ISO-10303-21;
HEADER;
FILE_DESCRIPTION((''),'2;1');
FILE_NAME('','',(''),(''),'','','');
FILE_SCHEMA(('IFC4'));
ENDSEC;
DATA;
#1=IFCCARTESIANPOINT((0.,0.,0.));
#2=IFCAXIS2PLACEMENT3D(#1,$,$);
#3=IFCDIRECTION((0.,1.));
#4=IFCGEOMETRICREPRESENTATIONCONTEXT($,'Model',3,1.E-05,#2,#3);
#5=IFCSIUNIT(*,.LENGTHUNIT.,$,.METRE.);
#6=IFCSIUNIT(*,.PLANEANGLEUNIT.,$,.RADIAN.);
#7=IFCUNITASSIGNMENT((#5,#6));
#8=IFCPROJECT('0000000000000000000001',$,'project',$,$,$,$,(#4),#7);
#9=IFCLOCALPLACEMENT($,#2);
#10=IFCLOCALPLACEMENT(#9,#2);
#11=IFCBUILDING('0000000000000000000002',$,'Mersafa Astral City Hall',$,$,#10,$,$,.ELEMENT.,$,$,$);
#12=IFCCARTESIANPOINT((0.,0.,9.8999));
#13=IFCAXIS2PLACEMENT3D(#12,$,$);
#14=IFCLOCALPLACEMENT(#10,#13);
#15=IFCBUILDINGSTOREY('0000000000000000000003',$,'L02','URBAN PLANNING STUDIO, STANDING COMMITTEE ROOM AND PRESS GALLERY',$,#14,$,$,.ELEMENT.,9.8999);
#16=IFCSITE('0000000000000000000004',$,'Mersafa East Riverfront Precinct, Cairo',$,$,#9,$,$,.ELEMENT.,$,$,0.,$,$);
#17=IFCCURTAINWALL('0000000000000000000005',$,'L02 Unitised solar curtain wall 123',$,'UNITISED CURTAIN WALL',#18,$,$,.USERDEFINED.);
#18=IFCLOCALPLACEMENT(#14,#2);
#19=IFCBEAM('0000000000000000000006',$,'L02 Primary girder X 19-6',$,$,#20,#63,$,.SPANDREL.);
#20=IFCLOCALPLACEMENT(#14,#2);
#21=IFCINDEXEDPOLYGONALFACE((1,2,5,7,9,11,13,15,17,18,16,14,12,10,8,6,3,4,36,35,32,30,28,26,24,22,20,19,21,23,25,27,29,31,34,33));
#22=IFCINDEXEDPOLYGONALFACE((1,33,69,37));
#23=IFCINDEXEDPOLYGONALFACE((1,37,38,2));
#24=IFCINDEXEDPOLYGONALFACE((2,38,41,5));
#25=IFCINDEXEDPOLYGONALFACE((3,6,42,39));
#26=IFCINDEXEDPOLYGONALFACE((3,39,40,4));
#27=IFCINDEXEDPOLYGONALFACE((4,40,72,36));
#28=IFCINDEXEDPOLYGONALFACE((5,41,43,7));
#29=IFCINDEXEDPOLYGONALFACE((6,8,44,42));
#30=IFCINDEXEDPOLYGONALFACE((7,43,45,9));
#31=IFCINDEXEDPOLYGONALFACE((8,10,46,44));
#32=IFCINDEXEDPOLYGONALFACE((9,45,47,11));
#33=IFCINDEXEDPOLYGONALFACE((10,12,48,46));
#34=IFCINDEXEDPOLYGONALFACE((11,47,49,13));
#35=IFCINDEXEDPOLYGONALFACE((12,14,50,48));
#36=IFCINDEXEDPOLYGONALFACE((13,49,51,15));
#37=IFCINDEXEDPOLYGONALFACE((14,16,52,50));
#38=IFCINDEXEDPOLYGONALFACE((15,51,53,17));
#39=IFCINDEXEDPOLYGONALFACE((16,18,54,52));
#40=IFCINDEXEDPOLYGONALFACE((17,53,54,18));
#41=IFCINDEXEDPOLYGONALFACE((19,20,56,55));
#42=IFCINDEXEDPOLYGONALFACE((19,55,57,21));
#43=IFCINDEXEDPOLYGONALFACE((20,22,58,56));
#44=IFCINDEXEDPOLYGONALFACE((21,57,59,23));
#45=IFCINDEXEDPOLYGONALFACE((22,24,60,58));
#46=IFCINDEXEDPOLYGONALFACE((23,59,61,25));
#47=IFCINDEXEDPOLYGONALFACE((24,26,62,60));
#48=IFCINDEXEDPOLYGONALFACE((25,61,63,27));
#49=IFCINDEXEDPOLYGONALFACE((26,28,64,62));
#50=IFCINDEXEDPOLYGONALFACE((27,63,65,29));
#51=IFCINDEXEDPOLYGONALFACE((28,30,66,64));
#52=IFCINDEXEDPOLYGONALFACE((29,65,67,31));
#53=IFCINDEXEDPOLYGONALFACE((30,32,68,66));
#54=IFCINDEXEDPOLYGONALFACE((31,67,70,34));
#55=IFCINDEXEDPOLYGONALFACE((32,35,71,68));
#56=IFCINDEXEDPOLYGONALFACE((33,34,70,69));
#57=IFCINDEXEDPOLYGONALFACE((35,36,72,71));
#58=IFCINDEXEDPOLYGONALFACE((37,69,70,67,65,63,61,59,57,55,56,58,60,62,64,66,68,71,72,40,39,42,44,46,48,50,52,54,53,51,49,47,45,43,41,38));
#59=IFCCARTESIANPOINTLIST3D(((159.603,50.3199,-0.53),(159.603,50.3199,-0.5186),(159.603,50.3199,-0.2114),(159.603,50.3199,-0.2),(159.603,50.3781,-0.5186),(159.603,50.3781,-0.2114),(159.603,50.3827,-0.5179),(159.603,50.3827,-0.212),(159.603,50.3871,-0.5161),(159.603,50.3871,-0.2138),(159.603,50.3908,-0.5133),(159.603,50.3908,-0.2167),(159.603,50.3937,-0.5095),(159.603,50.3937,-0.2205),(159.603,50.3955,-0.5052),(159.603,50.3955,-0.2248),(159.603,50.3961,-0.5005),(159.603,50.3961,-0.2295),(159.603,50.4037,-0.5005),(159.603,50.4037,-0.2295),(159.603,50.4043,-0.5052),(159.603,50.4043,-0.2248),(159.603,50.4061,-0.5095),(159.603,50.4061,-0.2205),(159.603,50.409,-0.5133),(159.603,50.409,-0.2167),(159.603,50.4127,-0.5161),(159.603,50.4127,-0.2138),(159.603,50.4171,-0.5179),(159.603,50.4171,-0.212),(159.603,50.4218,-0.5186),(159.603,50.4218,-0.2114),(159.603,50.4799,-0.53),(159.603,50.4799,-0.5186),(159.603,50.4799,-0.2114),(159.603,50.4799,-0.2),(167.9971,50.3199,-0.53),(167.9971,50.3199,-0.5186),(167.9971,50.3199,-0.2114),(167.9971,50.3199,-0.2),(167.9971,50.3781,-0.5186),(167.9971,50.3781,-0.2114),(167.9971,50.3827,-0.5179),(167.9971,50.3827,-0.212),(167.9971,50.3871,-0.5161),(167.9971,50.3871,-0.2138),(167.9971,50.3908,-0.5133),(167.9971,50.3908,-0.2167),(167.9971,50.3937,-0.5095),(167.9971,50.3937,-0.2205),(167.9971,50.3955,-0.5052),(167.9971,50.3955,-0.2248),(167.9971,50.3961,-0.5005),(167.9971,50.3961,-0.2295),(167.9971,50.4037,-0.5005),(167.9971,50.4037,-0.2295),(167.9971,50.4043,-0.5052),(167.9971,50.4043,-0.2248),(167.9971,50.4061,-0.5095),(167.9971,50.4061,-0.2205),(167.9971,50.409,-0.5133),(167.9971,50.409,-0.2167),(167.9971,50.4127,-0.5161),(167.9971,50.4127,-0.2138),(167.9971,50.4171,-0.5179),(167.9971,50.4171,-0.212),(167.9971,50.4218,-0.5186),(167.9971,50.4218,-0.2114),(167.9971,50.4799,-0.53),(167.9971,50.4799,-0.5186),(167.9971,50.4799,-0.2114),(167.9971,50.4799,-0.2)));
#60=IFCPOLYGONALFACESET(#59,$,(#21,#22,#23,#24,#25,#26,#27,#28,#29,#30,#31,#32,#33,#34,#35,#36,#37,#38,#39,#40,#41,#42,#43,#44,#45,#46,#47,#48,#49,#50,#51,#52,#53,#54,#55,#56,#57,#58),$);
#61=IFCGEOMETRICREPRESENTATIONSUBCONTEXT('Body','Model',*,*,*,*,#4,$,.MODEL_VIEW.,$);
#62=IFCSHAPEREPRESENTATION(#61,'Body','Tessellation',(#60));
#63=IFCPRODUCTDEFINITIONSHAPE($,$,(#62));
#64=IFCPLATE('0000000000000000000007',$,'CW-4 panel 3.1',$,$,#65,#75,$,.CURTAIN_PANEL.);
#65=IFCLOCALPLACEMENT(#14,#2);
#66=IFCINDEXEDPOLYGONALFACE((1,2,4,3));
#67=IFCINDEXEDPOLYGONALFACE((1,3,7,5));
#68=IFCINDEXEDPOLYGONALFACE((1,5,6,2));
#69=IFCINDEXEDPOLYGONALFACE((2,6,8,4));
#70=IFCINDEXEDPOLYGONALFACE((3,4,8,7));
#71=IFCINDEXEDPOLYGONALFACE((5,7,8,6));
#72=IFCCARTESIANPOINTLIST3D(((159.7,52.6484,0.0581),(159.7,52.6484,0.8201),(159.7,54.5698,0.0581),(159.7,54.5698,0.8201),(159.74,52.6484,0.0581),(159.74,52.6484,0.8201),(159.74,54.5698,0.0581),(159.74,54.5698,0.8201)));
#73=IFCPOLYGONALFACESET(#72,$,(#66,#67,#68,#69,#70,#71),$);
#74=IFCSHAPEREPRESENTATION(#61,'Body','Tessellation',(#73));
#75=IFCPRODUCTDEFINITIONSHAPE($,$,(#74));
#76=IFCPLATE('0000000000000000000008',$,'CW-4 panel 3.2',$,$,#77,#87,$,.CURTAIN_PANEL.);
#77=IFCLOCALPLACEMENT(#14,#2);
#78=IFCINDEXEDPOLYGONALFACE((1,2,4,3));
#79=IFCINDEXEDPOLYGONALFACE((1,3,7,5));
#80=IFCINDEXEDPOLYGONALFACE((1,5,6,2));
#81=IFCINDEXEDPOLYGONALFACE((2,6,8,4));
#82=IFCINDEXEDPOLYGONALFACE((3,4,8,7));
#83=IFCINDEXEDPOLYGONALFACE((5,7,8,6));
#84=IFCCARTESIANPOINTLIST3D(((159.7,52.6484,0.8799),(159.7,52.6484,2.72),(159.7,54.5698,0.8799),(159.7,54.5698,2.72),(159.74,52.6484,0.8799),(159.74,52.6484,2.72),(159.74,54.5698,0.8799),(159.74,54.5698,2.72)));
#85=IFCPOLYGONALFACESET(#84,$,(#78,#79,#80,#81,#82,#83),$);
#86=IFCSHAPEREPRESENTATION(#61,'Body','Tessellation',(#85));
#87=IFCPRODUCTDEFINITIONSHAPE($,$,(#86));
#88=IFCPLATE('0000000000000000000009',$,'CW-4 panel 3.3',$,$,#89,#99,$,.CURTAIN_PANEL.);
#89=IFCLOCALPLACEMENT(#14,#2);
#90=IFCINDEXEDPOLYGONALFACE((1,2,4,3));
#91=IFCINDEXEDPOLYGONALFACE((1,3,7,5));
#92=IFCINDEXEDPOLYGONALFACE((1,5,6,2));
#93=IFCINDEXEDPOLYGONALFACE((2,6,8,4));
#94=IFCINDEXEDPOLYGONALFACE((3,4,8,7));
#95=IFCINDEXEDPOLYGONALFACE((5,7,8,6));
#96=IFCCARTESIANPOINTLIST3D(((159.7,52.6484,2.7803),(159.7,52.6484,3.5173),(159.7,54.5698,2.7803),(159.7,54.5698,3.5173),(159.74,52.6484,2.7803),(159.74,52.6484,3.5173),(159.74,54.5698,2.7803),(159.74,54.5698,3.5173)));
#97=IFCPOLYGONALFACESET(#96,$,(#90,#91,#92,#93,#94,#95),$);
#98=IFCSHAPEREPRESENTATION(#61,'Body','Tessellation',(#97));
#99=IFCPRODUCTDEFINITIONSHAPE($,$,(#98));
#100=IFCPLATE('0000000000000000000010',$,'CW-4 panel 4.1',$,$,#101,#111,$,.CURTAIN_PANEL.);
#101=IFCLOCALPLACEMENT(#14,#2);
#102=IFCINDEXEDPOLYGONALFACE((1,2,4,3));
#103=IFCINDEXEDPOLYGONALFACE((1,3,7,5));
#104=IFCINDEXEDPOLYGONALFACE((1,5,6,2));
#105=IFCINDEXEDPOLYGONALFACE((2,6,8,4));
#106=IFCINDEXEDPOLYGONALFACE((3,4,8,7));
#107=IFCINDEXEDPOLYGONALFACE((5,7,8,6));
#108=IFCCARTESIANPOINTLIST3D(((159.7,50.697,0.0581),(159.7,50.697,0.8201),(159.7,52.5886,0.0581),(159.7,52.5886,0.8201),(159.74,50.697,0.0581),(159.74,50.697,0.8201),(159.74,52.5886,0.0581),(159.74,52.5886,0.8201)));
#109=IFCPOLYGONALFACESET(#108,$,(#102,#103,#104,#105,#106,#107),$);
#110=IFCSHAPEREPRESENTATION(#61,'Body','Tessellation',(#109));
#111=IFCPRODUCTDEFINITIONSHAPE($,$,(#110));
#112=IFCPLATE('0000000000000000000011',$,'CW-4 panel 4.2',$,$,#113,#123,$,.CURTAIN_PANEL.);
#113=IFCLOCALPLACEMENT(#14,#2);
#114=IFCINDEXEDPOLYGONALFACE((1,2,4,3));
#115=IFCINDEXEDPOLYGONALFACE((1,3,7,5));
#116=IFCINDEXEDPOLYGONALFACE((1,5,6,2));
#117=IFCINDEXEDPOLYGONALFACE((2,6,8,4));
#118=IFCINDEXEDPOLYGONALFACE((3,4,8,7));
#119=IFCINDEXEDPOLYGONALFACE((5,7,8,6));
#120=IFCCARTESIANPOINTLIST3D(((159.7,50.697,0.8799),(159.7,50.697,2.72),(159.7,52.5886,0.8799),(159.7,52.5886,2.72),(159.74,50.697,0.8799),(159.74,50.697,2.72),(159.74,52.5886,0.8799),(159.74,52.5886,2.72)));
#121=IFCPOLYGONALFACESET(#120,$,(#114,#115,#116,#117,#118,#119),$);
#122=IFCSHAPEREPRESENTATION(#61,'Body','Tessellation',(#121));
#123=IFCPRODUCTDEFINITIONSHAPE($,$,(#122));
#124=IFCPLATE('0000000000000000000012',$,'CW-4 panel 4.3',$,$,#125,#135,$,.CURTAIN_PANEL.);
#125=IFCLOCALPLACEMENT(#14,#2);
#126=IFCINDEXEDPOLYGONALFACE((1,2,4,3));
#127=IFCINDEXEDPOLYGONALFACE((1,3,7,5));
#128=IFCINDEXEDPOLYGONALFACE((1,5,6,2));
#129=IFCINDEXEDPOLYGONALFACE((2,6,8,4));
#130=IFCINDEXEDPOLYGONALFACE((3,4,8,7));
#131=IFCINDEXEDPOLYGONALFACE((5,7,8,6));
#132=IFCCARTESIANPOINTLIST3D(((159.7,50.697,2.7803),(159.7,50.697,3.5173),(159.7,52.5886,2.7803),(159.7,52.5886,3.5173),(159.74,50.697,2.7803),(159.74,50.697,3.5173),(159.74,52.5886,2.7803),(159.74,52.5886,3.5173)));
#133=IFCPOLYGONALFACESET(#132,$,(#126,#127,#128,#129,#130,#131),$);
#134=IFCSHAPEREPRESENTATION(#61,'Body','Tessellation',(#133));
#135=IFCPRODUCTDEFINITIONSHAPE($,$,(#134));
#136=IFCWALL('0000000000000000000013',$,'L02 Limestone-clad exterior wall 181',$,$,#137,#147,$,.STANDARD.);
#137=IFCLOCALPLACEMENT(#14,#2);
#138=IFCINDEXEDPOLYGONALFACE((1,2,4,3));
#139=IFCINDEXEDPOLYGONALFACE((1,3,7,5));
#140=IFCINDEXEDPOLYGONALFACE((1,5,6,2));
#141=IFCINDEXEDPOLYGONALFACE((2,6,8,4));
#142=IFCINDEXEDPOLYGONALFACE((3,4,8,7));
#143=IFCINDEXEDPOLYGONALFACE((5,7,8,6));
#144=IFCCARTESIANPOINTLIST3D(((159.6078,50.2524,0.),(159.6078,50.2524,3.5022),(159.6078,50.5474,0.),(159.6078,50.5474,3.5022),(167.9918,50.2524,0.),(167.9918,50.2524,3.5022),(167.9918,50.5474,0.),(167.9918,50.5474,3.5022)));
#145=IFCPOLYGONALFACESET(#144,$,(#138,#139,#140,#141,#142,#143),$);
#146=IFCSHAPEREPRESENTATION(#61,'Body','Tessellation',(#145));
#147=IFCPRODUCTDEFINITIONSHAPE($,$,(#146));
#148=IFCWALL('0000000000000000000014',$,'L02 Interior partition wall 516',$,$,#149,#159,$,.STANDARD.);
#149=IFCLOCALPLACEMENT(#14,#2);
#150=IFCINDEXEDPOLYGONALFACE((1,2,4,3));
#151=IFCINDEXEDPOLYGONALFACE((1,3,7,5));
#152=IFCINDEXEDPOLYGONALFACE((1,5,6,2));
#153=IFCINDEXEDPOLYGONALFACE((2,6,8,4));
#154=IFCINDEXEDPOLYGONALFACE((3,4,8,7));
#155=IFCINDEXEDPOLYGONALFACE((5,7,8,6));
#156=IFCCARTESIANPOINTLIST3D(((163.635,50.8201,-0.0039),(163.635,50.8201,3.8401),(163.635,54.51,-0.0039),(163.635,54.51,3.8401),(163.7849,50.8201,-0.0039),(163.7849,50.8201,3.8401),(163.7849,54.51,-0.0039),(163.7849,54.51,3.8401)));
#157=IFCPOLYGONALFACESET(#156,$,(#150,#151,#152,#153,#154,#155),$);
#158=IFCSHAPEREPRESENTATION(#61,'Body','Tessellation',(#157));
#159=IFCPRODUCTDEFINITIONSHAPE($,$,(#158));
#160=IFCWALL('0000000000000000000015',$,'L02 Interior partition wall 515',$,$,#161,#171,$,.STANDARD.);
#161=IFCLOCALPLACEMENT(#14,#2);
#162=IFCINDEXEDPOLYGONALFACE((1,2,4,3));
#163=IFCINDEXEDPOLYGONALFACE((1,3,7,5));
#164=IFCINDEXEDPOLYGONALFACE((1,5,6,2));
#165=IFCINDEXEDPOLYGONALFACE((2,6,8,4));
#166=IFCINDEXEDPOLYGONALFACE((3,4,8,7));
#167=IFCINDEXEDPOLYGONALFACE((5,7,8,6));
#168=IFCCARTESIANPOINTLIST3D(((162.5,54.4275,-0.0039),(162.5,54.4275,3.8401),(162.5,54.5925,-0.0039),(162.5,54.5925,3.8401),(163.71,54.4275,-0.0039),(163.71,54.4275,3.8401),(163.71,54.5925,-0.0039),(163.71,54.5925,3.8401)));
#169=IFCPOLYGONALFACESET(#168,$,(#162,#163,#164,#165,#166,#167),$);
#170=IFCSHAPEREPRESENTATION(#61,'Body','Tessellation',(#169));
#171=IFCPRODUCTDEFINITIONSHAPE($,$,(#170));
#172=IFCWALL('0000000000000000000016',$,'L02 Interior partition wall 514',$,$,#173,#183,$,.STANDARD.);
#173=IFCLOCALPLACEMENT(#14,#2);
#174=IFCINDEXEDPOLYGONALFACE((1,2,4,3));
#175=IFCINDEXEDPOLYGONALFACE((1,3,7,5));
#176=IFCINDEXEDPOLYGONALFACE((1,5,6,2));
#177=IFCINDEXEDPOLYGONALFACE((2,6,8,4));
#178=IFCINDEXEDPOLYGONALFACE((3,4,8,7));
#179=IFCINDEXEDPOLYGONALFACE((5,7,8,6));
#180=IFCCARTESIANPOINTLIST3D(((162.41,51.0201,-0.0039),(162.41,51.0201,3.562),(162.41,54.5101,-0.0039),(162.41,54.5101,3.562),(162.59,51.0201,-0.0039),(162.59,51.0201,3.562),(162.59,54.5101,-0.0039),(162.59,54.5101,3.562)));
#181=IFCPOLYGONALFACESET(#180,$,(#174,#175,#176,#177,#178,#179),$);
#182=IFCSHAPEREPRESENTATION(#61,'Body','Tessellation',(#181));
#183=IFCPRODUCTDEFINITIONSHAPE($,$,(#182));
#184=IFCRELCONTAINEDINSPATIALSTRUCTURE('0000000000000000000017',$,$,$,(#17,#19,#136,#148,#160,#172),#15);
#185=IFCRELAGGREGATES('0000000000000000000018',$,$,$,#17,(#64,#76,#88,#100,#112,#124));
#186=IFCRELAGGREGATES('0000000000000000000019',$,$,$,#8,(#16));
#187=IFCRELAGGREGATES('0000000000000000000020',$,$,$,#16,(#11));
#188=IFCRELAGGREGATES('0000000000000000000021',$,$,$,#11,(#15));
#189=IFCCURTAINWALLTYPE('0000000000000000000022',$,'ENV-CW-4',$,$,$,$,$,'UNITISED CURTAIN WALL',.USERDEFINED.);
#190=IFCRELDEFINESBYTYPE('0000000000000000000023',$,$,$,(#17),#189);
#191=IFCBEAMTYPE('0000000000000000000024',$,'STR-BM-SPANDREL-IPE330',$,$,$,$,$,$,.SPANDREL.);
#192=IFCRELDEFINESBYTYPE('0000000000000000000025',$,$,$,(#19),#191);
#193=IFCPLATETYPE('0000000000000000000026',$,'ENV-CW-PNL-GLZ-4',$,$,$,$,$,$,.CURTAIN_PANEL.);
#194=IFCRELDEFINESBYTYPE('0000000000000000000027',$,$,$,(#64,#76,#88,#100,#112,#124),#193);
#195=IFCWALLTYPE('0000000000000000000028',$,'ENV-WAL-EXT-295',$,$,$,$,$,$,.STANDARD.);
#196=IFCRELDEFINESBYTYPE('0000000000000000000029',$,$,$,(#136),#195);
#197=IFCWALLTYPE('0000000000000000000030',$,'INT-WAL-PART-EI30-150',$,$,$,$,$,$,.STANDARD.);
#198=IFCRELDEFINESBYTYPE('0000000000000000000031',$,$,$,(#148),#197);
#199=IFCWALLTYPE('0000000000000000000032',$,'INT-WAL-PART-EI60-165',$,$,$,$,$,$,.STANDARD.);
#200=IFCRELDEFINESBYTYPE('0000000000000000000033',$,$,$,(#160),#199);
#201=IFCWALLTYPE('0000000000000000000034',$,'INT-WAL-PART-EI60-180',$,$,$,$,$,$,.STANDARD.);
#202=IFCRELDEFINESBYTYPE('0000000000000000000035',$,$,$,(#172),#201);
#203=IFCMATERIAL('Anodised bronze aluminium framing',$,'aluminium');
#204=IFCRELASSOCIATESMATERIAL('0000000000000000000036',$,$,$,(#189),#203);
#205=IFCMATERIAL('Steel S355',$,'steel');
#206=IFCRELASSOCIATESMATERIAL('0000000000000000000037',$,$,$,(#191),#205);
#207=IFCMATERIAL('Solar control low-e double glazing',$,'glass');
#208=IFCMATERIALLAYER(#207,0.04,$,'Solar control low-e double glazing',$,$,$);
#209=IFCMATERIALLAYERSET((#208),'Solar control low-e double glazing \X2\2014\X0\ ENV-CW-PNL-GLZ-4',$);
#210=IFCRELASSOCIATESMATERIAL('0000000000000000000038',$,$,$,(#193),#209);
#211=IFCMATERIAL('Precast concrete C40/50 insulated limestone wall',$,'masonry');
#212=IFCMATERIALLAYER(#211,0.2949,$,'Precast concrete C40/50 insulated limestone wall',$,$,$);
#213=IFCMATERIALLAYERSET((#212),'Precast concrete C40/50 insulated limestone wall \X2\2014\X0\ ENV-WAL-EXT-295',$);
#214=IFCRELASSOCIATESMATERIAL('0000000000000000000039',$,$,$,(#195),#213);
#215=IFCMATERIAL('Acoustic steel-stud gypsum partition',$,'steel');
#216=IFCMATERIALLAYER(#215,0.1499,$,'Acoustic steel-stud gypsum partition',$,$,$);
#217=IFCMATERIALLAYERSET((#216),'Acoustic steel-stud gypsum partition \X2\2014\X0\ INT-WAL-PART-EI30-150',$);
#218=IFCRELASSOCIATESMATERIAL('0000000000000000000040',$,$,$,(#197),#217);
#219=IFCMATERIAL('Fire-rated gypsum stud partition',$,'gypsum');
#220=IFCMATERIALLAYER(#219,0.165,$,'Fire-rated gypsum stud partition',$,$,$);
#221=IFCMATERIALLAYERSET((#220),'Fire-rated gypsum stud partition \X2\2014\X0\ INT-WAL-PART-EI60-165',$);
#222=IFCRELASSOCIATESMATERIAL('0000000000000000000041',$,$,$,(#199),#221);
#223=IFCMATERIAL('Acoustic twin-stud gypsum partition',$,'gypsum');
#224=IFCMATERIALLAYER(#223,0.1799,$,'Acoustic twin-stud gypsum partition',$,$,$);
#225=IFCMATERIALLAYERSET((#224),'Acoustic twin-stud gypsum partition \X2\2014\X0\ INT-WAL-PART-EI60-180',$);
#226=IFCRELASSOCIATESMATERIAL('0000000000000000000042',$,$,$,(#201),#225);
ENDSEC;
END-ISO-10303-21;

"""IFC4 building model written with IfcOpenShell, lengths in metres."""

from ifc_helpers import new_model, si_unit, direction, frame, frame_2d, origin, origin_2d, place, context, subcontext, project, spatial, rectangle, i_section, extrude, material, layer, layer_set, material_profile, profile_set, type_object, element, aggregate, save


model = new_model("IFC4")

# Units and contexts
model_context = context("Model", 3, precision=1e-05, world=origin(), true_north=direction((0.0, 1.0)))
body_context = subcontext(model_context, "Body", "Model", "MODEL_VIEW")
ifc_project = project(units=[si_unit("LENGTHUNIT", "METRE"), si_unit("PLANEANGLEUNIT", "RADIAN")], contexts=[model_context])

# Site, building, storey
site_placement = place(None, origin())
site = spatial("IfcSite", under=ifc_project, at=site_placement, Name="Mersafa East Riverfront Precinct, Cairo", CompositionType="ELEMENT", RefElevation=0.0)
building_placement = place(site_placement, origin())
building = spatial("IfcBuilding", under=site, at=building_placement, Name="Mersafa Astral City Hall", CompositionType="ELEMENT")
storey_placement = place(building_placement, frame((0.0, 0.0, 9.8999)))
storey = spatial("IfcBuildingStorey", under=building, at=storey_placement, Name="L02", Description="URBAN PLANNING STUDIO, STANDING COMMITTEE ROOM AND PRESS GALLERY", CompositionType="ELEMENT", Elevation=9.8999)

# Curtain wall
ifc_material_1 = material(Name="Anodised bronze aluminium framing", Category="aluminium")
curtain_wall_type = type_object("IfcCurtainWallType", Name="ENV-CW-4", ElementType="UNITISED CURTAIN WALL", PredefinedType="USERDEFINED", material=ifc_material_1)
curtain_wall_placement = place(storey_placement, origin())
curtain_wall = element("IfcCurtainWall", 1, at=curtain_wall_placement, inside=storey, type_object=curtain_wall_type, Name="L02 Unitised solar curtain wall 123", ObjectType="UNITISED CURTAIN WALL", PredefinedType="USERDEFINED")

# Beam
ifc_material_2 = material(Name="Steel S355", Category="steel")
ifc_material_profile_1 = material_profile(ifc_material_2, i_section(OverallWidth=0.1599, OverallDepth=0.3301, WebThickness=0.0076, FlangeThickness=0.0115, FilletRadius=0.0181, at=origin_2d()), Name="IPE 330")
ifc_profile_set_1 = profile_set([ifc_material_profile_1], Name="Steel S355")
beam_type_1 = type_object("IfcBeamType", Name="STR-BM-SPANDREL-IPE330", PredefinedType="SPANDREL", material=ifc_profile_set_1)
beam_1_placement = place(storey_placement, frame((159.603, 50.3999, -0.365), z_axis=(1.0, 0.0, 0.0), x_axis=(0.0, 1.0, 0.0)))
element("IfcBeam", 2, at=beam_1_placement, inside=storey, type_object=beam_type_1, Name="L02 Primary girder X 19-6", PredefinedType="SPANDREL", context=body_context, shape_type="SweptSolid", body=[
    extrude(i_section(OverallWidth=0.1599, OverallDepth=0.3301, WebThickness=0.0076, FlangeThickness=0.0115, FilletRadius=0.0181, at=origin_2d()), origin(), (0.0, 0.0, 1.0), 8.394),
])

# Plates
ifc_material_3 = material(Name="Solar control low-e double glazing", Category="glass")
ifc_layer_1 = layer(ifc_material_3, 0.04, Name="Solar control low-e double glazing")
ifc_layer_set_1 = layer_set([ifc_layer_1], Name="Solar control low-e double glazing — ENV-CW-PNL-GLZ-4")
plate_type = type_object("IfcPlateType", Name="ENV-CW-PNL-GLZ-4", PredefinedType="CURTAIN_PANEL", material=ifc_layer_set_1)
plate_1_placement = place(storey_placement, frame((159.72, 53.6091, 0.0581), z_axis=(0.0, 0.0, 1.0), x_axis=(0.0, -1.0, 0.0)))
plate_1 = element("IfcPlate", 3, at=plate_1_placement, type_object=plate_type, Name="CW-4 panel 3.1", PredefinedType="CURTAIN_PANEL", context=body_context, shape_type="SweptSolid", body=[
    extrude(rectangle(XDim=1.9214, YDim=0.04, at=origin_2d()), origin(), (0.0, 0.0, 1.0), 0.762),
])
plate_2_placement = place(storey_placement, frame((159.72, 53.6091, 0.8799), z_axis=(0.0, 0.0, 1.0), x_axis=(0.0, -1.0, 0.0)))
plate_2 = element("IfcPlate", 4, at=plate_2_placement, type_object=plate_type, Name="CW-4 panel 3.2", PredefinedType="CURTAIN_PANEL", context=body_context, shape_type="SweptSolid", body=[
    extrude(rectangle(XDim=1.9214, YDim=0.04, at=origin_2d()), origin(), (0.0, 0.0, 1.0), 1.8401),
])
plate_3_placement = place(storey_placement, frame((159.72, 53.6091, 2.7803), z_axis=(0.0, 0.0, 1.0), x_axis=(0.0, -1.0, 0.0)))
plate_3 = element("IfcPlate", 5, at=plate_3_placement, type_object=plate_type, Name="CW-4 panel 3.3", PredefinedType="CURTAIN_PANEL", context=body_context, shape_type="SweptSolid", body=[
    extrude(rectangle(XDim=1.9214, YDim=0.04, at=origin_2d()), origin(), (0.0, 0.0, 1.0), 0.7371),
])
plate_4_placement = place(storey_placement, frame((159.72, 51.6428, 0.0581), z_axis=(0.0, 0.0, 1.0), x_axis=(0.0, -1.0, 0.0)))
plate_4 = element("IfcPlate", 6, at=plate_4_placement, type_object=plate_type, Name="CW-4 panel 4.1", PredefinedType="CURTAIN_PANEL", context=body_context, shape_type="SweptSolid", body=[
    extrude(rectangle(XDim=1.8916, YDim=0.04, at=origin_2d()), origin(), (0.0, 0.0, 1.0), 0.762),
])
plate_5_placement = place(storey_placement, frame((159.72, 51.6428, 0.8799), z_axis=(0.0, 0.0, 1.0), x_axis=(0.0, -1.0, 0.0)))
plate_5 = element("IfcPlate", 7, at=plate_5_placement, type_object=plate_type, Name="CW-4 panel 4.2", PredefinedType="CURTAIN_PANEL", context=body_context, shape_type="SweptSolid", body=[
    extrude(rectangle(XDim=1.8916, YDim=0.04, at=origin_2d()), origin(), (0.0, 0.0, 1.0), 1.8401),
])
plate_6_placement = place(storey_placement, frame((159.72, 51.6428, 2.7803), z_axis=(0.0, 0.0, 1.0), x_axis=(0.0, -1.0, 0.0)))
plate_6 = element("IfcPlate", 8, at=plate_6_placement, type_object=plate_type, Name="CW-4 panel 4.3", PredefinedType="CURTAIN_PANEL", context=body_context, shape_type="SweptSolid", body=[
    extrude(rectangle(XDim=1.8916, YDim=0.04, at=origin_2d()), origin(), (0.0, 0.0, 1.0), 0.7371),
])
aggregate(curtain_wall, [plate_1, plate_2, plate_3, plate_4, plate_5, plate_6])

# Walls
ifc_material_4 = material(Name="Precast concrete C40/50 insulated limestone wall", Category="masonry")
ifc_layer_2 = layer(ifc_material_4, 0.2949, Name="Precast concrete C40/50 insulated limestone wall")
ifc_layer_set_2 = layer_set([ifc_layer_2], Name="Precast concrete C40/50 insulated limestone wall — ENV-WAL-EXT-295")
wall_type_1 = type_object("IfcWallType", Name="ENV-WAL-EXT-295", PredefinedType="STANDARD", material=ifc_layer_set_2)
wall_1_placement = place(storey_placement, frame((159.6079, 50.3999, 0.0), z_axis=(0.0, 0.0, 1.0), x_axis=(1.0, 0.0, 0.0)))
element("IfcWall", 9, at=wall_1_placement, inside=storey, type_object=wall_type_1, Name="L02 Limestone-clad exterior wall 181", PredefinedType="STANDARD", context=body_context, shape_type="SweptSolid", body=[
    extrude(rectangle(XDim=8.384, YDim=0.2949, at=frame_2d((4.1919, 0.0))), origin(), (0.0, 0.0, 1.0), 3.5022),
])
ifc_material_5 = material(Name="Acoustic steel-stud gypsum partition", Category="steel")
ifc_layer_3 = layer(ifc_material_5, 0.1499, Name="Acoustic steel-stud gypsum partition")
ifc_layer_set_3 = layer_set([ifc_layer_3], Name="Acoustic steel-stud gypsum partition — INT-WAL-PART-EI30-150")
wall_type_2 = type_object("IfcWallType", Name="INT-WAL-PART-EI30-150", PredefinedType="STANDARD", material=ifc_layer_set_3)
wall_2_placement = place(storey_placement, frame((163.71, 54.51, -0.0039), z_axis=(0.0, 0.0, 1.0), x_axis=(0.0, -1.0, 0.0)))
element("IfcWall", 10, at=wall_2_placement, inside=storey, type_object=wall_type_2, Name="L02 Interior partition wall 516", PredefinedType="STANDARD", context=body_context, shape_type="SweptSolid", body=[
    extrude(rectangle(XDim=3.6899, YDim=0.1499, at=frame_2d((1.845, 0.0))), origin(), (0.0, 0.0, 1.0), 3.844),
])
ifc_material_6 = material(Name="Fire-rated gypsum stud partition", Category="gypsum")
ifc_layer_4 = layer(ifc_material_6, 0.165, Name="Fire-rated gypsum stud partition")
ifc_layer_set_4 = layer_set([ifc_layer_4], Name="Fire-rated gypsum stud partition — INT-WAL-PART-EI60-165")
wall_type_3 = type_object("IfcWallType", Name="INT-WAL-PART-EI60-165", PredefinedType="STANDARD", material=ifc_layer_set_4)
wall_3_placement = place(storey_placement, frame((162.5, 54.51, -0.0039), z_axis=(0.0, 0.0, 1.0), x_axis=(1.0, 0.0, 0.0)))
element("IfcWall", 11, at=wall_3_placement, inside=storey, type_object=wall_type_3, Name="L02 Interior partition wall 515", PredefinedType="STANDARD", context=body_context, shape_type="SweptSolid", body=[
    extrude(rectangle(XDim=1.21, YDim=0.165, at=frame_2d((0.605, 0.0))), origin(), (0.0, 0.0, 1.0), 3.844),
])
ifc_material_7 = material(Name="Acoustic twin-stud gypsum partition", Category="gypsum")
ifc_layer_5 = layer(ifc_material_7, 0.1799, Name="Acoustic twin-stud gypsum partition")
ifc_layer_set_5 = layer_set([ifc_layer_5], Name="Acoustic twin-stud gypsum partition — INT-WAL-PART-EI60-180")
wall_type_4 = type_object("IfcWallType", Name="INT-WAL-PART-EI60-180", PredefinedType="STANDARD", material=ifc_layer_set_5)
wall_4_placement = place(storey_placement, frame((162.5, 51.02, -0.0039), z_axis=(0.0, 0.0, 1.0), x_axis=(0.0, 1.0, 0.0)))
element("IfcWall", 12, at=wall_4_placement, inside=storey, type_object=wall_type_4, Name="L02 Interior partition wall 514", PredefinedType="STANDARD", context=body_context, shape_type="SweptSolid", body=[
    extrude(rectangle(XDim=3.49, YDim=0.1799, at=frame_2d((1.7451, 0.0))), origin(), (0.0, 0.0, 1.0), 3.5659),
])

save(model, "model.ifc")
